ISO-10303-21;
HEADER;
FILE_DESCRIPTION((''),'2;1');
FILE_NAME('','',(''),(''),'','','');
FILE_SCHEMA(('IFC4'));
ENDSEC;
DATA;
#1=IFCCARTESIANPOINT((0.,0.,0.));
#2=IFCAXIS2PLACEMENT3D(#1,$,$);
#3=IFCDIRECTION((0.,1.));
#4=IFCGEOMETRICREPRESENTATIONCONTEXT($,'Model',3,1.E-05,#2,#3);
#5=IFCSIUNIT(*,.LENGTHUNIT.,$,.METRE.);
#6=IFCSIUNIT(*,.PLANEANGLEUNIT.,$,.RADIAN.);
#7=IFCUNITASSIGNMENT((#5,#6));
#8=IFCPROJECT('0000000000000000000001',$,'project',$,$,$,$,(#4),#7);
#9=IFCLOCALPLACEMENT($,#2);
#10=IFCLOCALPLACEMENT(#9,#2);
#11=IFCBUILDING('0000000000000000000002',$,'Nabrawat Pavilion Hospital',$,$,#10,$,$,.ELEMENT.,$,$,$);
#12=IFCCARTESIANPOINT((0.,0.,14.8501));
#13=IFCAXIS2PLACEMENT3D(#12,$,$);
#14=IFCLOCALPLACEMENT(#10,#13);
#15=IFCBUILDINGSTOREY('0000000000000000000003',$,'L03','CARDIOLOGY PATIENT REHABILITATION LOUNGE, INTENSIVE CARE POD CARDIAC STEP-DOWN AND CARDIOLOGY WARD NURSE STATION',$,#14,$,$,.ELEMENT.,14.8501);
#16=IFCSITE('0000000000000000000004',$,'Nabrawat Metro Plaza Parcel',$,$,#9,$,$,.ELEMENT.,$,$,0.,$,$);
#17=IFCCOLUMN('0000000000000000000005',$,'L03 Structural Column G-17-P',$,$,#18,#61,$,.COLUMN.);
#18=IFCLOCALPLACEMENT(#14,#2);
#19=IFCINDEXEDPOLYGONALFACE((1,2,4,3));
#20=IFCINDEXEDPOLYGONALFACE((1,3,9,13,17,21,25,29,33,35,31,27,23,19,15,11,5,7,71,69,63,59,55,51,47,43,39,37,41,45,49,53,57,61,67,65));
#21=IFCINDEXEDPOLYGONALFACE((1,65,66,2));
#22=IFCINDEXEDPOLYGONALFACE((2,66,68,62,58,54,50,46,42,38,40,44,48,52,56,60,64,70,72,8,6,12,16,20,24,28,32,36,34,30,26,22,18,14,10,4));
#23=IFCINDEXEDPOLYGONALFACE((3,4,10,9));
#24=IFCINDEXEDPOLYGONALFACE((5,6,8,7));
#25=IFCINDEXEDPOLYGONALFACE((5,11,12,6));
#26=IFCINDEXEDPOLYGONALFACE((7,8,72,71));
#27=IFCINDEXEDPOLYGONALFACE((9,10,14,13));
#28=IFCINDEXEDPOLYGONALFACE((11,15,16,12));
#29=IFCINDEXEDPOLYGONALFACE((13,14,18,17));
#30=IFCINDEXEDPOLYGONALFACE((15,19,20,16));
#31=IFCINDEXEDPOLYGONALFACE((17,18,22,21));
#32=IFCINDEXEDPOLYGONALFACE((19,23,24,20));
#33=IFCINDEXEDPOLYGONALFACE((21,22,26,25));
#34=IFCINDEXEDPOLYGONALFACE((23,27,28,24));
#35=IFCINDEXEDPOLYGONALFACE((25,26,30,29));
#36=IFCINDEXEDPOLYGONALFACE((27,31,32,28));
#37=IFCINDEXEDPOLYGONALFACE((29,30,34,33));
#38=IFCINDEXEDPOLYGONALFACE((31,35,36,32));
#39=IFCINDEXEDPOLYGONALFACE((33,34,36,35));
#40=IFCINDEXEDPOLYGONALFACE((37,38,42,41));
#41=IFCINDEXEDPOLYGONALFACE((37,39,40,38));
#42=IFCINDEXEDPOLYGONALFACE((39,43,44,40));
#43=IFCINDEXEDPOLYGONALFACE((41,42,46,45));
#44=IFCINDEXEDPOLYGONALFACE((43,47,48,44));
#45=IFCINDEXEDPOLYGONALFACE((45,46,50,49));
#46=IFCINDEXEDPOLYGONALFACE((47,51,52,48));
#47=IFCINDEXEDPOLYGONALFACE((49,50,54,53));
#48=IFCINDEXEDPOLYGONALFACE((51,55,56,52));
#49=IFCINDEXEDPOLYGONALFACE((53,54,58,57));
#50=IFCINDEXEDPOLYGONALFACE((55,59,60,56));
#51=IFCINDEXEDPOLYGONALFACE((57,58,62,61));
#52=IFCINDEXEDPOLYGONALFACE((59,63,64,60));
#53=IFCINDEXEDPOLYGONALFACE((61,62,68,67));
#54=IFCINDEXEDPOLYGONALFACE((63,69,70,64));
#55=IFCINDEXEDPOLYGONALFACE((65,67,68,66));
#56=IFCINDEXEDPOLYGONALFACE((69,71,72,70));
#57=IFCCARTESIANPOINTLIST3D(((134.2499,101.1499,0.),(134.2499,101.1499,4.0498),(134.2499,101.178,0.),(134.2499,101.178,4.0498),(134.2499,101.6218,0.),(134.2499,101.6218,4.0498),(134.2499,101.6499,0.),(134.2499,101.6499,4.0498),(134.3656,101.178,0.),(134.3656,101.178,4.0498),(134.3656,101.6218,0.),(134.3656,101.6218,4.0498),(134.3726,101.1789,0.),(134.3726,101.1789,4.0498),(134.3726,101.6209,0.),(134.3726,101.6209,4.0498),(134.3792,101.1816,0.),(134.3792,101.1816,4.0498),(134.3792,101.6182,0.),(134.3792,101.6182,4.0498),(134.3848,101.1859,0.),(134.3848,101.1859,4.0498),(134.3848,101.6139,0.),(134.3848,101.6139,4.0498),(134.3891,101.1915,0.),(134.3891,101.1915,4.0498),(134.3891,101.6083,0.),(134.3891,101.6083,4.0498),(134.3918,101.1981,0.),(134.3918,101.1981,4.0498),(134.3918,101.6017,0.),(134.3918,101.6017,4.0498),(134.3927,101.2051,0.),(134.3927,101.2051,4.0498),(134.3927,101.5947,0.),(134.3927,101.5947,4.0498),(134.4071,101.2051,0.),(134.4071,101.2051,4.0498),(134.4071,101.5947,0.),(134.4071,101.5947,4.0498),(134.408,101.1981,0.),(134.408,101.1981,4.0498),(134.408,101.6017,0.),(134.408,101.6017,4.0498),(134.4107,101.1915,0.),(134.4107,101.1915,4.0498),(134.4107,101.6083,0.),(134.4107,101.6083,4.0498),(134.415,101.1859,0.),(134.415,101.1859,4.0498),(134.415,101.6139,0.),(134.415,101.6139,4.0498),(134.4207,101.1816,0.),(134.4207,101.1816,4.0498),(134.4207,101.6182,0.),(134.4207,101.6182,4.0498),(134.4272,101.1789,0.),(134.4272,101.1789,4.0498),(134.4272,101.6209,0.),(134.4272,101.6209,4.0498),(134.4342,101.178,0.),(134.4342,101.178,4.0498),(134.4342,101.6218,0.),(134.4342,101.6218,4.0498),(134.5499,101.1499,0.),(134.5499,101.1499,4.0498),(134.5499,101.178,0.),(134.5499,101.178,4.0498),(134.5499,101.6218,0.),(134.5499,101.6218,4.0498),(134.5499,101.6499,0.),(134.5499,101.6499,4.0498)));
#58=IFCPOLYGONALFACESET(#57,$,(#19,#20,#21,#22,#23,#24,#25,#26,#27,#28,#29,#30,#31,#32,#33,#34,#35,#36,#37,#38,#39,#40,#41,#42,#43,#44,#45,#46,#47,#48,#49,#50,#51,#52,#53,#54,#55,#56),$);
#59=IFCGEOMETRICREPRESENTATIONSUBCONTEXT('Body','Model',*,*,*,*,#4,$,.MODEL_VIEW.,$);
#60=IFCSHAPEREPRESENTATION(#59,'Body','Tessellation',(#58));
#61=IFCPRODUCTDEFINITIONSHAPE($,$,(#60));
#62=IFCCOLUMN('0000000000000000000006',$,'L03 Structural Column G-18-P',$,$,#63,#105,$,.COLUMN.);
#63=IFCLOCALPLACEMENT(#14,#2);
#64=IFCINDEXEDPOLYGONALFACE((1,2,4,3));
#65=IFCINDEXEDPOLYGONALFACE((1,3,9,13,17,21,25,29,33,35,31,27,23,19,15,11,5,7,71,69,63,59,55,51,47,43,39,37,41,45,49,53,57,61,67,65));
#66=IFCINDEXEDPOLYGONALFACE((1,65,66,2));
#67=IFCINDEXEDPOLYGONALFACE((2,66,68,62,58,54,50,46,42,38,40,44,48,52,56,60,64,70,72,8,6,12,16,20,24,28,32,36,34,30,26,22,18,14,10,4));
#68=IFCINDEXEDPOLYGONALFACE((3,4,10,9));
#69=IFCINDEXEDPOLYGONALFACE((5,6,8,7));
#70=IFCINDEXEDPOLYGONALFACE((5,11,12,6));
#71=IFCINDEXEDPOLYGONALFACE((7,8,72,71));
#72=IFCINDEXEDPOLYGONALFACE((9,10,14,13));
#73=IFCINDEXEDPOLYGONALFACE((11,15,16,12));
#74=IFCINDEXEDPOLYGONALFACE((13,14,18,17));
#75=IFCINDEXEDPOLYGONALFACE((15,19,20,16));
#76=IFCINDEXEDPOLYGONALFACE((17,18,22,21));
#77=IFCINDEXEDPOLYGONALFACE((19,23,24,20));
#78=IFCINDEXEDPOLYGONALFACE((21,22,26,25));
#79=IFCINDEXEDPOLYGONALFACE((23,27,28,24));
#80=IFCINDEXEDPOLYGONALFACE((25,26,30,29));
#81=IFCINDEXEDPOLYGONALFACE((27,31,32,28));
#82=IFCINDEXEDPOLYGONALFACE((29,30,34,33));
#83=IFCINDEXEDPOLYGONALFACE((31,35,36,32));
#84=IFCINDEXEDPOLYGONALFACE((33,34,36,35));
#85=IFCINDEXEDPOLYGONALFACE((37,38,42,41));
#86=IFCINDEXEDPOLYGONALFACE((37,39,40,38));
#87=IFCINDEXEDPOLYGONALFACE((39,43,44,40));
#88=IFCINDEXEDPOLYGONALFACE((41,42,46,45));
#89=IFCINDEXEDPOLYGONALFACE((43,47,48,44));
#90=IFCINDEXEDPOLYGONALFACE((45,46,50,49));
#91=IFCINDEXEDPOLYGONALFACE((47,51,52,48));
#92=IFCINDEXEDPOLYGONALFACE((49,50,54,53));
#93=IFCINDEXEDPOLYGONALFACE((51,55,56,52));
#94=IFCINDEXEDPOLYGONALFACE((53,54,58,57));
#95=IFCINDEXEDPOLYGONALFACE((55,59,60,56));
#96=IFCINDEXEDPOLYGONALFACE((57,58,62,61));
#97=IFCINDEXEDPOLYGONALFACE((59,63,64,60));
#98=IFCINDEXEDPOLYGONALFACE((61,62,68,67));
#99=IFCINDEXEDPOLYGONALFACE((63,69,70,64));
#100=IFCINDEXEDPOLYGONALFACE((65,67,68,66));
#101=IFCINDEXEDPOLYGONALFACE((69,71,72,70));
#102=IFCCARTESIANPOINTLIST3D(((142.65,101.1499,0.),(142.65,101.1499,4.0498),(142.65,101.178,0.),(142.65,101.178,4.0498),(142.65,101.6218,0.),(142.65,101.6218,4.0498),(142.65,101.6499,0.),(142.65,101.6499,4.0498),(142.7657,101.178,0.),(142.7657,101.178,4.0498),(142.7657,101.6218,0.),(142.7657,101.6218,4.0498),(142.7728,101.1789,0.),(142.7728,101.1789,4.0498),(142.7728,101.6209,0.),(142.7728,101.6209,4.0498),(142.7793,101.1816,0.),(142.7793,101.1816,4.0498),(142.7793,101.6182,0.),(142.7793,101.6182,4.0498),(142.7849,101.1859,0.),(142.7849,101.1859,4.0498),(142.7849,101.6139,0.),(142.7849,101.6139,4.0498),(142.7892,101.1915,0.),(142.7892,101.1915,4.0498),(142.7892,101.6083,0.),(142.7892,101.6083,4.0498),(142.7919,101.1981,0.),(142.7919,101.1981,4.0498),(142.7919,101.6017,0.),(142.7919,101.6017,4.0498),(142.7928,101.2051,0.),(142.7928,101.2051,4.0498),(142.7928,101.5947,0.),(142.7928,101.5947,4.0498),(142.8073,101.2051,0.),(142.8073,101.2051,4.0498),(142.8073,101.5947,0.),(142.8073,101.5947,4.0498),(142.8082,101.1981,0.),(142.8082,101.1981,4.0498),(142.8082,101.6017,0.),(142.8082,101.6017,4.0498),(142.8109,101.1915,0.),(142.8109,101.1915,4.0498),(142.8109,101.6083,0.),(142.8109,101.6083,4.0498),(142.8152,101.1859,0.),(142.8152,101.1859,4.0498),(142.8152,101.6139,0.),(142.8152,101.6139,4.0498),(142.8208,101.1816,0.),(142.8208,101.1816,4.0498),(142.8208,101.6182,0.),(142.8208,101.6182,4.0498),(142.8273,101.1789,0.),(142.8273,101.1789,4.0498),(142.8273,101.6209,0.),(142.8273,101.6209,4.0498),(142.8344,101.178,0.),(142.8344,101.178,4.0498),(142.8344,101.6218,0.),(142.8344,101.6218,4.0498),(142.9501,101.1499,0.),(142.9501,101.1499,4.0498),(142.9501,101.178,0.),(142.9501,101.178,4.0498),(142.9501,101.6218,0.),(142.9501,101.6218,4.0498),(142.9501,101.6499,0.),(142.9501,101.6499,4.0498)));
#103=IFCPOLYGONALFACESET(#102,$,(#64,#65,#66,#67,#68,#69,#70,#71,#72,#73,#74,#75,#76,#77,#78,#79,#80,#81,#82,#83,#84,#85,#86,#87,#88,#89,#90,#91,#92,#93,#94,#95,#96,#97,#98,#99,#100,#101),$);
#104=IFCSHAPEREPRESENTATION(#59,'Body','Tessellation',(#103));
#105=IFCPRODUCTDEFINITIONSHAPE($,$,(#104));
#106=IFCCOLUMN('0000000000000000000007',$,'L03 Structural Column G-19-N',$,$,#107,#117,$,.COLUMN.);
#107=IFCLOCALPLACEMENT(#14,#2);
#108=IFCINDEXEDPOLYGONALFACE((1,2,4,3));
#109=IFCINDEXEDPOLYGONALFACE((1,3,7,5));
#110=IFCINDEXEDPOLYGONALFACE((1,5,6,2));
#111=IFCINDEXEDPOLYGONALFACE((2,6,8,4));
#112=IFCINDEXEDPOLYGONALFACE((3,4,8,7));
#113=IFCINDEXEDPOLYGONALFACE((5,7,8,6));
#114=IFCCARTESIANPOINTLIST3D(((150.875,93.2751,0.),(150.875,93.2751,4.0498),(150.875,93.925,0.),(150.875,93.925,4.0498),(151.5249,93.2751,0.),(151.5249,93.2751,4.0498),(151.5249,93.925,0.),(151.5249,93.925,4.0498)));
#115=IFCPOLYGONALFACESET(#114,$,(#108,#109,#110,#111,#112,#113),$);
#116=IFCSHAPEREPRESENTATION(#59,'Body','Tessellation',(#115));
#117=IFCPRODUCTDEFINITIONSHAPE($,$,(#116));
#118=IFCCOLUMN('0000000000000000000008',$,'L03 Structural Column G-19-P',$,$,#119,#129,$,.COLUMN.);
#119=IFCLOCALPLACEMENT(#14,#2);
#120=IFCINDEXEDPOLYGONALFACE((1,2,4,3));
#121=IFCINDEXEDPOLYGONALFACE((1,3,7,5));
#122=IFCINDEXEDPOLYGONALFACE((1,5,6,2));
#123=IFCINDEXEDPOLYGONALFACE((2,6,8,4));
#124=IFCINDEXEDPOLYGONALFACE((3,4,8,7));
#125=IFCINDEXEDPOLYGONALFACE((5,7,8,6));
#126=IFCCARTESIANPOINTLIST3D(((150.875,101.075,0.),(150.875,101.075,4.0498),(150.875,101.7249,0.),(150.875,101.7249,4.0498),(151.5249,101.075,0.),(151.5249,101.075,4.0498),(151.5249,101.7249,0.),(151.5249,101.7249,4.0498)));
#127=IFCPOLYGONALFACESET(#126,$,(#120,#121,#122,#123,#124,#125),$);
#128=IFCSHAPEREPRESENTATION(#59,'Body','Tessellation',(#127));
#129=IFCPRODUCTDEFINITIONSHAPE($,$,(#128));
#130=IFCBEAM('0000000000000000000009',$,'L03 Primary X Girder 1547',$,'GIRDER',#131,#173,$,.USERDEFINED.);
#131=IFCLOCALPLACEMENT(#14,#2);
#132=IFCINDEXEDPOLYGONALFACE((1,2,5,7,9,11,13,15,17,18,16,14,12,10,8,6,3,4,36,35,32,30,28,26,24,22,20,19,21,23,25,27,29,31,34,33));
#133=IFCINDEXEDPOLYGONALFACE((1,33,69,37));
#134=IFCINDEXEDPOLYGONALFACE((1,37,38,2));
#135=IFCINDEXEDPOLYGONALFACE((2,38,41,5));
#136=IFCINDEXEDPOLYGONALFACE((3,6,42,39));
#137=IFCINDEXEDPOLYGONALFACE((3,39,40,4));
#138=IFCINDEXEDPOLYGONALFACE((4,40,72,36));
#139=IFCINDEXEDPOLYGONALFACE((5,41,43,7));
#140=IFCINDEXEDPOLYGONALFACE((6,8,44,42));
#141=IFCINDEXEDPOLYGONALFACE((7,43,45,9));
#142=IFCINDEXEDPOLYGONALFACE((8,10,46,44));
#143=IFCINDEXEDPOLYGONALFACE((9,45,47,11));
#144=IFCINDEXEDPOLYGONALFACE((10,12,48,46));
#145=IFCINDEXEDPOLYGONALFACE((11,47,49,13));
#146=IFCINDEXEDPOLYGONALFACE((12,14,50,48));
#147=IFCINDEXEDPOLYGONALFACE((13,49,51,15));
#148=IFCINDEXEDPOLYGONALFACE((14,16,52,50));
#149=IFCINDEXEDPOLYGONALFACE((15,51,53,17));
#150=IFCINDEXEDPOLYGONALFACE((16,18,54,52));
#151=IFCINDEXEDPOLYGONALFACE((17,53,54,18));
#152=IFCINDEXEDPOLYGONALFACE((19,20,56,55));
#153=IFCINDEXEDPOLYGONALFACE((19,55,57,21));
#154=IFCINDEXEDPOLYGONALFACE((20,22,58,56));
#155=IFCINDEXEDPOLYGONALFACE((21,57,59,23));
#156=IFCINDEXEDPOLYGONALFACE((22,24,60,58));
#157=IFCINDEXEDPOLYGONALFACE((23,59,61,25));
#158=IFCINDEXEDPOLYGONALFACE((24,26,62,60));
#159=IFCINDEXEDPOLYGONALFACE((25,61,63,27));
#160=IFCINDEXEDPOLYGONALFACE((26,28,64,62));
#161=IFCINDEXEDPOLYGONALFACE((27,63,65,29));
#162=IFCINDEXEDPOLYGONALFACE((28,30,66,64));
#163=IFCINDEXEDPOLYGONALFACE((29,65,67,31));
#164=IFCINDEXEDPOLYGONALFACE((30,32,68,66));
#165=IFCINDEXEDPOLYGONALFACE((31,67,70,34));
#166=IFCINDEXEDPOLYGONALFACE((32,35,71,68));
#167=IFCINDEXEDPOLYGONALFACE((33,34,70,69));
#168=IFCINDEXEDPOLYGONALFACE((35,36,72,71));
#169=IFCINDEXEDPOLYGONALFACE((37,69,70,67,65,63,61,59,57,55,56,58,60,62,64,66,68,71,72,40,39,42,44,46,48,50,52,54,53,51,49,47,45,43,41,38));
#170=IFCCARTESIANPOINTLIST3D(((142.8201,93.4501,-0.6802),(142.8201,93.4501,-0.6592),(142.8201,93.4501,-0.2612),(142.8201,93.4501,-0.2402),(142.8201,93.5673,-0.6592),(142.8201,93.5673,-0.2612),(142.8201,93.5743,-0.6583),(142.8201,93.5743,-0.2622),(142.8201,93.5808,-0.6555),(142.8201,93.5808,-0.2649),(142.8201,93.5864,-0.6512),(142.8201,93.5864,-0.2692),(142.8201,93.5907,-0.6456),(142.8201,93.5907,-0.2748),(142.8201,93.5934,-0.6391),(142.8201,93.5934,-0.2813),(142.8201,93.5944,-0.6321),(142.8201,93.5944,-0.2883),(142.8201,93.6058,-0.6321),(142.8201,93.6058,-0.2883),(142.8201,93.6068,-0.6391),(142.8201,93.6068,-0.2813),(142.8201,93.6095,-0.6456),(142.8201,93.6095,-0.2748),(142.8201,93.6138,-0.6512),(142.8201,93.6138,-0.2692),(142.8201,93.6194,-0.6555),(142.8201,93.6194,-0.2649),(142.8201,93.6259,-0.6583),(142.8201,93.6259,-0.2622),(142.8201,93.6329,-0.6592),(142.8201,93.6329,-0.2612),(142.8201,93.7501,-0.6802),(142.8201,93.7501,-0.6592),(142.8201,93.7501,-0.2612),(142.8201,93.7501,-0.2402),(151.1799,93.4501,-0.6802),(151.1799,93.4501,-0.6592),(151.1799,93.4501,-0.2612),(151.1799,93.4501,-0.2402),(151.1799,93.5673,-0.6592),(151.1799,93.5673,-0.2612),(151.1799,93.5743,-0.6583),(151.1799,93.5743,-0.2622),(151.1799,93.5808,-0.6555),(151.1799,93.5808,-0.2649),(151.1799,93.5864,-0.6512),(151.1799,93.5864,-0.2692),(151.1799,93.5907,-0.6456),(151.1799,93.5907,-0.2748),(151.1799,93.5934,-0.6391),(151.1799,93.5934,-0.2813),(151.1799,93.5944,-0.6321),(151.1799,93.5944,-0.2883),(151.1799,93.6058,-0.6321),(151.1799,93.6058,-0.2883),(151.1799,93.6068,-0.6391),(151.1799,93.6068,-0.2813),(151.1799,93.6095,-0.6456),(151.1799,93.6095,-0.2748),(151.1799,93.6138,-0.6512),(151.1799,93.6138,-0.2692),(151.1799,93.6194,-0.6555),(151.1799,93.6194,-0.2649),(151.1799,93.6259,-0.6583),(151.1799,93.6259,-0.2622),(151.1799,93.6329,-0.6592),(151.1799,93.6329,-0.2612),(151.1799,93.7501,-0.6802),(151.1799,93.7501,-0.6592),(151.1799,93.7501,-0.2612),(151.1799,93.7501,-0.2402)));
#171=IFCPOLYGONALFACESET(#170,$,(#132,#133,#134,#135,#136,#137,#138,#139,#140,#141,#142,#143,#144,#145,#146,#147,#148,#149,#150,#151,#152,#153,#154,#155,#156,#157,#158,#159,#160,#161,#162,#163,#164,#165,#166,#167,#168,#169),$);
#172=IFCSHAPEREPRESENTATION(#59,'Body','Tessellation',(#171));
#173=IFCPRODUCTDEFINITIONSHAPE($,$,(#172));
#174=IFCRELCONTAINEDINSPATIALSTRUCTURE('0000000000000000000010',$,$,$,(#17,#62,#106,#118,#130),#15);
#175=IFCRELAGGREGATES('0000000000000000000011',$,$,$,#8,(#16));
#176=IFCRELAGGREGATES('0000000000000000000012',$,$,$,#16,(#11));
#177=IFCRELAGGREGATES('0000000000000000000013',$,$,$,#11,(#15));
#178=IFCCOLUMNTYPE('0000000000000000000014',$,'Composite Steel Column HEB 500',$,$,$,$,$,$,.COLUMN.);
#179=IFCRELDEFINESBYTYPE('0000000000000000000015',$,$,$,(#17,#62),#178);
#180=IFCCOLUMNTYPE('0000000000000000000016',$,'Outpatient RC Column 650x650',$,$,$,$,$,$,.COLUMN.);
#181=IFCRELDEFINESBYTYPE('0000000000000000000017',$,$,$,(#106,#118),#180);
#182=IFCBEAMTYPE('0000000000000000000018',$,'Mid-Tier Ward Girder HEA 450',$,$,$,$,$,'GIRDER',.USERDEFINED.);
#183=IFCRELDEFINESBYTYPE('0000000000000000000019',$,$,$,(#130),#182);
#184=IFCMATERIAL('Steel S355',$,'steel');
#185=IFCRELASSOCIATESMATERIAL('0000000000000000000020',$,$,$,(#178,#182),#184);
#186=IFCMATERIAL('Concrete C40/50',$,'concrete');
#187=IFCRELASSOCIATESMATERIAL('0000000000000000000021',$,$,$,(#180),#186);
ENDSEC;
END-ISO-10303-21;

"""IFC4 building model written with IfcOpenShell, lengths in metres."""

from ifc_helpers import new_model, si_unit, direction, frame, origin, origin_2d, place, context, subcontext, project, spatial, rectangle, i_section, extrude, material, material_profile, profile_set, type_object, element, save


model = new_model("IFC4")

# Units and contexts
model_context = context("Model", 3, precision=1e-05, world=origin(), true_north=direction((0.0, 1.0)))
body_context = subcontext(model_context, "Body", "Model", "MODEL_VIEW")
ifc_project = project(units=[si_unit("LENGTHUNIT", "METRE"), si_unit("PLANEANGLEUNIT", "RADIAN")], contexts=[model_context])

# Site, building, storey
site_placement = place(None, origin())
site = spatial("IfcSite", under=ifc_project, at=site_placement, Name="Nabrawat Metro Plaza Parcel", CompositionType="ELEMENT", RefElevation=0.0)
building_placement = place(site_placement, origin())
building = spatial("IfcBuilding", under=site, at=building_placement, Name="Nabrawat Pavilion Hospital", CompositionType="ELEMENT")
storey_placement = place(building_placement, frame((0.0, 0.0, 14.8501)))
storey = spatial("IfcBuildingStorey", under=building, at=storey_placement, Name="L03", Description="CARDIOLOGY PATIENT REHABILITATION LOUNGE, INTENSIVE CARE POD CARDIAC STEP-DOWN AND CARDIOLOGY WARD NURSE STATION", CompositionType="ELEMENT", Elevation=14.8501)

# Columns
ifc_material_1 = material(Name="Steel S355", Category="steel")
ifc_material_profile_1 = material_profile(ifc_material_1, i_section(OverallWidth=0.3, OverallDepth=0.5, WebThickness=0.0144, FlangeThickness=0.0281, FilletRadius=0.0271, at=origin_2d()), Name="HEB 500")
ifc_profile_set_1 = profile_set([ifc_material_profile_1], Name="Steel S355")
column_type_1 = type_object("IfcColumnType", Name="Composite Steel Column HEB 500", PredefinedType="COLUMN", material=ifc_profile_set_1)
for number, where, z_axis, x_axis, name in (
    (1, (134.3999, 101.3999, 0.0), (0.0, 0.0, 1.0), (1.0, 0.0, 0.0), "L03 Structural Column G-17-P"),
    (2, (142.8, 101.3999, 0.0), (0.0, 0.0, 1.0), (1.0, 0.0, 0.0), "L03 Structural Column G-18-P"),
):
    element("IfcColumn", number, at=place(storey_placement, frame(where, z_axis=z_axis, x_axis=x_axis)), inside=storey, type_object=column_type_1, Name=name, PredefinedType="COLUMN", context=body_context, shape_type="SweptSolid", body=[
        extrude(i_section(OverallWidth=0.3, OverallDepth=0.5, WebThickness=0.0144, FlangeThickness=0.0281, FilletRadius=0.0271, at=origin_2d()), origin(), (0.0, 0.0, 1.0), 4.0498),
    ])
ifc_material_2 = material(Name="Concrete C40/50", Category="concrete")
ifc_material_profile_2 = material_profile(ifc_material_2, rectangle(XDim=0.6499, YDim=0.6499, at=origin_2d()), Name="RC 650x650")
ifc_profile_set_2 = profile_set([ifc_material_profile_2], Name="Concrete C40/50")
column_type_2 = type_object("IfcColumnType", Name="Outpatient RC Column 650x650", PredefinedType="COLUMN", material=ifc_profile_set_2)
for number, where, z_axis, x_axis, name in (
    (3, (151.2, 93.6001, 0.0), (0.0, 0.0, 1.0), (1.0, 0.0, 0.0), "L03 Structural Column G-19-N"),
    (4, (151.2, 101.3999, 0.0), (0.0, 0.0, 1.0), (1.0, 0.0, 0.0), "L03 Structural Column G-19-P"),
):
    element("IfcColumn", number, at=place(storey_placement, frame(where, z_axis=z_axis, x_axis=x_axis)), inside=storey, type_object=column_type_2, Name=name, PredefinedType="COLUMN", context=body_context, shape_type="SweptSolid", body=[
        extrude(rectangle(XDim=0.6499, YDim=0.6499, at=origin_2d()), origin(), (0.0, 0.0, 1.0), 4.0498),
    ])

# Beam
ifc_material_profile_3 = material_profile(ifc_material_1, i_section(OverallWidth=0.3, OverallDepth=0.4399, WebThickness=0.0115, FlangeThickness=0.021, FilletRadius=0.0271, at=origin_2d()), Name="HEA 450")
ifc_profile_set_3 = profile_set([ifc_material_profile_3], Name="Steel S355")
beam_type_1 = type_object("IfcBeamType", Name="Mid-Tier Ward Girder HEA 450", ElementType="GIRDER", PredefinedType="USERDEFINED", material=ifc_profile_set_3)
beam_1_placement = place(storey_placement, frame((142.8201, 93.6001, -0.4602), z_axis=(1.0, 0.0, 0.0), x_axis=(0.0, 1.0, 0.0)))
element("IfcBeam", 5, at=beam_1_placement, inside=storey, type_object=beam_type_1, Name="L03 Primary X Girder 1547", ObjectType="GIRDER", PredefinedType="USERDEFINED", context=body_context, shape_type="SweptSolid", body=[
    extrude(i_section(OverallWidth=0.3, OverallDepth=0.4399, WebThickness=0.0115, FlangeThickness=0.021, FilletRadius=0.0271, at=origin_2d()), origin(), (0.0, 0.0, 1.0), 8.3599),
])

save(model, "model.ifc")
